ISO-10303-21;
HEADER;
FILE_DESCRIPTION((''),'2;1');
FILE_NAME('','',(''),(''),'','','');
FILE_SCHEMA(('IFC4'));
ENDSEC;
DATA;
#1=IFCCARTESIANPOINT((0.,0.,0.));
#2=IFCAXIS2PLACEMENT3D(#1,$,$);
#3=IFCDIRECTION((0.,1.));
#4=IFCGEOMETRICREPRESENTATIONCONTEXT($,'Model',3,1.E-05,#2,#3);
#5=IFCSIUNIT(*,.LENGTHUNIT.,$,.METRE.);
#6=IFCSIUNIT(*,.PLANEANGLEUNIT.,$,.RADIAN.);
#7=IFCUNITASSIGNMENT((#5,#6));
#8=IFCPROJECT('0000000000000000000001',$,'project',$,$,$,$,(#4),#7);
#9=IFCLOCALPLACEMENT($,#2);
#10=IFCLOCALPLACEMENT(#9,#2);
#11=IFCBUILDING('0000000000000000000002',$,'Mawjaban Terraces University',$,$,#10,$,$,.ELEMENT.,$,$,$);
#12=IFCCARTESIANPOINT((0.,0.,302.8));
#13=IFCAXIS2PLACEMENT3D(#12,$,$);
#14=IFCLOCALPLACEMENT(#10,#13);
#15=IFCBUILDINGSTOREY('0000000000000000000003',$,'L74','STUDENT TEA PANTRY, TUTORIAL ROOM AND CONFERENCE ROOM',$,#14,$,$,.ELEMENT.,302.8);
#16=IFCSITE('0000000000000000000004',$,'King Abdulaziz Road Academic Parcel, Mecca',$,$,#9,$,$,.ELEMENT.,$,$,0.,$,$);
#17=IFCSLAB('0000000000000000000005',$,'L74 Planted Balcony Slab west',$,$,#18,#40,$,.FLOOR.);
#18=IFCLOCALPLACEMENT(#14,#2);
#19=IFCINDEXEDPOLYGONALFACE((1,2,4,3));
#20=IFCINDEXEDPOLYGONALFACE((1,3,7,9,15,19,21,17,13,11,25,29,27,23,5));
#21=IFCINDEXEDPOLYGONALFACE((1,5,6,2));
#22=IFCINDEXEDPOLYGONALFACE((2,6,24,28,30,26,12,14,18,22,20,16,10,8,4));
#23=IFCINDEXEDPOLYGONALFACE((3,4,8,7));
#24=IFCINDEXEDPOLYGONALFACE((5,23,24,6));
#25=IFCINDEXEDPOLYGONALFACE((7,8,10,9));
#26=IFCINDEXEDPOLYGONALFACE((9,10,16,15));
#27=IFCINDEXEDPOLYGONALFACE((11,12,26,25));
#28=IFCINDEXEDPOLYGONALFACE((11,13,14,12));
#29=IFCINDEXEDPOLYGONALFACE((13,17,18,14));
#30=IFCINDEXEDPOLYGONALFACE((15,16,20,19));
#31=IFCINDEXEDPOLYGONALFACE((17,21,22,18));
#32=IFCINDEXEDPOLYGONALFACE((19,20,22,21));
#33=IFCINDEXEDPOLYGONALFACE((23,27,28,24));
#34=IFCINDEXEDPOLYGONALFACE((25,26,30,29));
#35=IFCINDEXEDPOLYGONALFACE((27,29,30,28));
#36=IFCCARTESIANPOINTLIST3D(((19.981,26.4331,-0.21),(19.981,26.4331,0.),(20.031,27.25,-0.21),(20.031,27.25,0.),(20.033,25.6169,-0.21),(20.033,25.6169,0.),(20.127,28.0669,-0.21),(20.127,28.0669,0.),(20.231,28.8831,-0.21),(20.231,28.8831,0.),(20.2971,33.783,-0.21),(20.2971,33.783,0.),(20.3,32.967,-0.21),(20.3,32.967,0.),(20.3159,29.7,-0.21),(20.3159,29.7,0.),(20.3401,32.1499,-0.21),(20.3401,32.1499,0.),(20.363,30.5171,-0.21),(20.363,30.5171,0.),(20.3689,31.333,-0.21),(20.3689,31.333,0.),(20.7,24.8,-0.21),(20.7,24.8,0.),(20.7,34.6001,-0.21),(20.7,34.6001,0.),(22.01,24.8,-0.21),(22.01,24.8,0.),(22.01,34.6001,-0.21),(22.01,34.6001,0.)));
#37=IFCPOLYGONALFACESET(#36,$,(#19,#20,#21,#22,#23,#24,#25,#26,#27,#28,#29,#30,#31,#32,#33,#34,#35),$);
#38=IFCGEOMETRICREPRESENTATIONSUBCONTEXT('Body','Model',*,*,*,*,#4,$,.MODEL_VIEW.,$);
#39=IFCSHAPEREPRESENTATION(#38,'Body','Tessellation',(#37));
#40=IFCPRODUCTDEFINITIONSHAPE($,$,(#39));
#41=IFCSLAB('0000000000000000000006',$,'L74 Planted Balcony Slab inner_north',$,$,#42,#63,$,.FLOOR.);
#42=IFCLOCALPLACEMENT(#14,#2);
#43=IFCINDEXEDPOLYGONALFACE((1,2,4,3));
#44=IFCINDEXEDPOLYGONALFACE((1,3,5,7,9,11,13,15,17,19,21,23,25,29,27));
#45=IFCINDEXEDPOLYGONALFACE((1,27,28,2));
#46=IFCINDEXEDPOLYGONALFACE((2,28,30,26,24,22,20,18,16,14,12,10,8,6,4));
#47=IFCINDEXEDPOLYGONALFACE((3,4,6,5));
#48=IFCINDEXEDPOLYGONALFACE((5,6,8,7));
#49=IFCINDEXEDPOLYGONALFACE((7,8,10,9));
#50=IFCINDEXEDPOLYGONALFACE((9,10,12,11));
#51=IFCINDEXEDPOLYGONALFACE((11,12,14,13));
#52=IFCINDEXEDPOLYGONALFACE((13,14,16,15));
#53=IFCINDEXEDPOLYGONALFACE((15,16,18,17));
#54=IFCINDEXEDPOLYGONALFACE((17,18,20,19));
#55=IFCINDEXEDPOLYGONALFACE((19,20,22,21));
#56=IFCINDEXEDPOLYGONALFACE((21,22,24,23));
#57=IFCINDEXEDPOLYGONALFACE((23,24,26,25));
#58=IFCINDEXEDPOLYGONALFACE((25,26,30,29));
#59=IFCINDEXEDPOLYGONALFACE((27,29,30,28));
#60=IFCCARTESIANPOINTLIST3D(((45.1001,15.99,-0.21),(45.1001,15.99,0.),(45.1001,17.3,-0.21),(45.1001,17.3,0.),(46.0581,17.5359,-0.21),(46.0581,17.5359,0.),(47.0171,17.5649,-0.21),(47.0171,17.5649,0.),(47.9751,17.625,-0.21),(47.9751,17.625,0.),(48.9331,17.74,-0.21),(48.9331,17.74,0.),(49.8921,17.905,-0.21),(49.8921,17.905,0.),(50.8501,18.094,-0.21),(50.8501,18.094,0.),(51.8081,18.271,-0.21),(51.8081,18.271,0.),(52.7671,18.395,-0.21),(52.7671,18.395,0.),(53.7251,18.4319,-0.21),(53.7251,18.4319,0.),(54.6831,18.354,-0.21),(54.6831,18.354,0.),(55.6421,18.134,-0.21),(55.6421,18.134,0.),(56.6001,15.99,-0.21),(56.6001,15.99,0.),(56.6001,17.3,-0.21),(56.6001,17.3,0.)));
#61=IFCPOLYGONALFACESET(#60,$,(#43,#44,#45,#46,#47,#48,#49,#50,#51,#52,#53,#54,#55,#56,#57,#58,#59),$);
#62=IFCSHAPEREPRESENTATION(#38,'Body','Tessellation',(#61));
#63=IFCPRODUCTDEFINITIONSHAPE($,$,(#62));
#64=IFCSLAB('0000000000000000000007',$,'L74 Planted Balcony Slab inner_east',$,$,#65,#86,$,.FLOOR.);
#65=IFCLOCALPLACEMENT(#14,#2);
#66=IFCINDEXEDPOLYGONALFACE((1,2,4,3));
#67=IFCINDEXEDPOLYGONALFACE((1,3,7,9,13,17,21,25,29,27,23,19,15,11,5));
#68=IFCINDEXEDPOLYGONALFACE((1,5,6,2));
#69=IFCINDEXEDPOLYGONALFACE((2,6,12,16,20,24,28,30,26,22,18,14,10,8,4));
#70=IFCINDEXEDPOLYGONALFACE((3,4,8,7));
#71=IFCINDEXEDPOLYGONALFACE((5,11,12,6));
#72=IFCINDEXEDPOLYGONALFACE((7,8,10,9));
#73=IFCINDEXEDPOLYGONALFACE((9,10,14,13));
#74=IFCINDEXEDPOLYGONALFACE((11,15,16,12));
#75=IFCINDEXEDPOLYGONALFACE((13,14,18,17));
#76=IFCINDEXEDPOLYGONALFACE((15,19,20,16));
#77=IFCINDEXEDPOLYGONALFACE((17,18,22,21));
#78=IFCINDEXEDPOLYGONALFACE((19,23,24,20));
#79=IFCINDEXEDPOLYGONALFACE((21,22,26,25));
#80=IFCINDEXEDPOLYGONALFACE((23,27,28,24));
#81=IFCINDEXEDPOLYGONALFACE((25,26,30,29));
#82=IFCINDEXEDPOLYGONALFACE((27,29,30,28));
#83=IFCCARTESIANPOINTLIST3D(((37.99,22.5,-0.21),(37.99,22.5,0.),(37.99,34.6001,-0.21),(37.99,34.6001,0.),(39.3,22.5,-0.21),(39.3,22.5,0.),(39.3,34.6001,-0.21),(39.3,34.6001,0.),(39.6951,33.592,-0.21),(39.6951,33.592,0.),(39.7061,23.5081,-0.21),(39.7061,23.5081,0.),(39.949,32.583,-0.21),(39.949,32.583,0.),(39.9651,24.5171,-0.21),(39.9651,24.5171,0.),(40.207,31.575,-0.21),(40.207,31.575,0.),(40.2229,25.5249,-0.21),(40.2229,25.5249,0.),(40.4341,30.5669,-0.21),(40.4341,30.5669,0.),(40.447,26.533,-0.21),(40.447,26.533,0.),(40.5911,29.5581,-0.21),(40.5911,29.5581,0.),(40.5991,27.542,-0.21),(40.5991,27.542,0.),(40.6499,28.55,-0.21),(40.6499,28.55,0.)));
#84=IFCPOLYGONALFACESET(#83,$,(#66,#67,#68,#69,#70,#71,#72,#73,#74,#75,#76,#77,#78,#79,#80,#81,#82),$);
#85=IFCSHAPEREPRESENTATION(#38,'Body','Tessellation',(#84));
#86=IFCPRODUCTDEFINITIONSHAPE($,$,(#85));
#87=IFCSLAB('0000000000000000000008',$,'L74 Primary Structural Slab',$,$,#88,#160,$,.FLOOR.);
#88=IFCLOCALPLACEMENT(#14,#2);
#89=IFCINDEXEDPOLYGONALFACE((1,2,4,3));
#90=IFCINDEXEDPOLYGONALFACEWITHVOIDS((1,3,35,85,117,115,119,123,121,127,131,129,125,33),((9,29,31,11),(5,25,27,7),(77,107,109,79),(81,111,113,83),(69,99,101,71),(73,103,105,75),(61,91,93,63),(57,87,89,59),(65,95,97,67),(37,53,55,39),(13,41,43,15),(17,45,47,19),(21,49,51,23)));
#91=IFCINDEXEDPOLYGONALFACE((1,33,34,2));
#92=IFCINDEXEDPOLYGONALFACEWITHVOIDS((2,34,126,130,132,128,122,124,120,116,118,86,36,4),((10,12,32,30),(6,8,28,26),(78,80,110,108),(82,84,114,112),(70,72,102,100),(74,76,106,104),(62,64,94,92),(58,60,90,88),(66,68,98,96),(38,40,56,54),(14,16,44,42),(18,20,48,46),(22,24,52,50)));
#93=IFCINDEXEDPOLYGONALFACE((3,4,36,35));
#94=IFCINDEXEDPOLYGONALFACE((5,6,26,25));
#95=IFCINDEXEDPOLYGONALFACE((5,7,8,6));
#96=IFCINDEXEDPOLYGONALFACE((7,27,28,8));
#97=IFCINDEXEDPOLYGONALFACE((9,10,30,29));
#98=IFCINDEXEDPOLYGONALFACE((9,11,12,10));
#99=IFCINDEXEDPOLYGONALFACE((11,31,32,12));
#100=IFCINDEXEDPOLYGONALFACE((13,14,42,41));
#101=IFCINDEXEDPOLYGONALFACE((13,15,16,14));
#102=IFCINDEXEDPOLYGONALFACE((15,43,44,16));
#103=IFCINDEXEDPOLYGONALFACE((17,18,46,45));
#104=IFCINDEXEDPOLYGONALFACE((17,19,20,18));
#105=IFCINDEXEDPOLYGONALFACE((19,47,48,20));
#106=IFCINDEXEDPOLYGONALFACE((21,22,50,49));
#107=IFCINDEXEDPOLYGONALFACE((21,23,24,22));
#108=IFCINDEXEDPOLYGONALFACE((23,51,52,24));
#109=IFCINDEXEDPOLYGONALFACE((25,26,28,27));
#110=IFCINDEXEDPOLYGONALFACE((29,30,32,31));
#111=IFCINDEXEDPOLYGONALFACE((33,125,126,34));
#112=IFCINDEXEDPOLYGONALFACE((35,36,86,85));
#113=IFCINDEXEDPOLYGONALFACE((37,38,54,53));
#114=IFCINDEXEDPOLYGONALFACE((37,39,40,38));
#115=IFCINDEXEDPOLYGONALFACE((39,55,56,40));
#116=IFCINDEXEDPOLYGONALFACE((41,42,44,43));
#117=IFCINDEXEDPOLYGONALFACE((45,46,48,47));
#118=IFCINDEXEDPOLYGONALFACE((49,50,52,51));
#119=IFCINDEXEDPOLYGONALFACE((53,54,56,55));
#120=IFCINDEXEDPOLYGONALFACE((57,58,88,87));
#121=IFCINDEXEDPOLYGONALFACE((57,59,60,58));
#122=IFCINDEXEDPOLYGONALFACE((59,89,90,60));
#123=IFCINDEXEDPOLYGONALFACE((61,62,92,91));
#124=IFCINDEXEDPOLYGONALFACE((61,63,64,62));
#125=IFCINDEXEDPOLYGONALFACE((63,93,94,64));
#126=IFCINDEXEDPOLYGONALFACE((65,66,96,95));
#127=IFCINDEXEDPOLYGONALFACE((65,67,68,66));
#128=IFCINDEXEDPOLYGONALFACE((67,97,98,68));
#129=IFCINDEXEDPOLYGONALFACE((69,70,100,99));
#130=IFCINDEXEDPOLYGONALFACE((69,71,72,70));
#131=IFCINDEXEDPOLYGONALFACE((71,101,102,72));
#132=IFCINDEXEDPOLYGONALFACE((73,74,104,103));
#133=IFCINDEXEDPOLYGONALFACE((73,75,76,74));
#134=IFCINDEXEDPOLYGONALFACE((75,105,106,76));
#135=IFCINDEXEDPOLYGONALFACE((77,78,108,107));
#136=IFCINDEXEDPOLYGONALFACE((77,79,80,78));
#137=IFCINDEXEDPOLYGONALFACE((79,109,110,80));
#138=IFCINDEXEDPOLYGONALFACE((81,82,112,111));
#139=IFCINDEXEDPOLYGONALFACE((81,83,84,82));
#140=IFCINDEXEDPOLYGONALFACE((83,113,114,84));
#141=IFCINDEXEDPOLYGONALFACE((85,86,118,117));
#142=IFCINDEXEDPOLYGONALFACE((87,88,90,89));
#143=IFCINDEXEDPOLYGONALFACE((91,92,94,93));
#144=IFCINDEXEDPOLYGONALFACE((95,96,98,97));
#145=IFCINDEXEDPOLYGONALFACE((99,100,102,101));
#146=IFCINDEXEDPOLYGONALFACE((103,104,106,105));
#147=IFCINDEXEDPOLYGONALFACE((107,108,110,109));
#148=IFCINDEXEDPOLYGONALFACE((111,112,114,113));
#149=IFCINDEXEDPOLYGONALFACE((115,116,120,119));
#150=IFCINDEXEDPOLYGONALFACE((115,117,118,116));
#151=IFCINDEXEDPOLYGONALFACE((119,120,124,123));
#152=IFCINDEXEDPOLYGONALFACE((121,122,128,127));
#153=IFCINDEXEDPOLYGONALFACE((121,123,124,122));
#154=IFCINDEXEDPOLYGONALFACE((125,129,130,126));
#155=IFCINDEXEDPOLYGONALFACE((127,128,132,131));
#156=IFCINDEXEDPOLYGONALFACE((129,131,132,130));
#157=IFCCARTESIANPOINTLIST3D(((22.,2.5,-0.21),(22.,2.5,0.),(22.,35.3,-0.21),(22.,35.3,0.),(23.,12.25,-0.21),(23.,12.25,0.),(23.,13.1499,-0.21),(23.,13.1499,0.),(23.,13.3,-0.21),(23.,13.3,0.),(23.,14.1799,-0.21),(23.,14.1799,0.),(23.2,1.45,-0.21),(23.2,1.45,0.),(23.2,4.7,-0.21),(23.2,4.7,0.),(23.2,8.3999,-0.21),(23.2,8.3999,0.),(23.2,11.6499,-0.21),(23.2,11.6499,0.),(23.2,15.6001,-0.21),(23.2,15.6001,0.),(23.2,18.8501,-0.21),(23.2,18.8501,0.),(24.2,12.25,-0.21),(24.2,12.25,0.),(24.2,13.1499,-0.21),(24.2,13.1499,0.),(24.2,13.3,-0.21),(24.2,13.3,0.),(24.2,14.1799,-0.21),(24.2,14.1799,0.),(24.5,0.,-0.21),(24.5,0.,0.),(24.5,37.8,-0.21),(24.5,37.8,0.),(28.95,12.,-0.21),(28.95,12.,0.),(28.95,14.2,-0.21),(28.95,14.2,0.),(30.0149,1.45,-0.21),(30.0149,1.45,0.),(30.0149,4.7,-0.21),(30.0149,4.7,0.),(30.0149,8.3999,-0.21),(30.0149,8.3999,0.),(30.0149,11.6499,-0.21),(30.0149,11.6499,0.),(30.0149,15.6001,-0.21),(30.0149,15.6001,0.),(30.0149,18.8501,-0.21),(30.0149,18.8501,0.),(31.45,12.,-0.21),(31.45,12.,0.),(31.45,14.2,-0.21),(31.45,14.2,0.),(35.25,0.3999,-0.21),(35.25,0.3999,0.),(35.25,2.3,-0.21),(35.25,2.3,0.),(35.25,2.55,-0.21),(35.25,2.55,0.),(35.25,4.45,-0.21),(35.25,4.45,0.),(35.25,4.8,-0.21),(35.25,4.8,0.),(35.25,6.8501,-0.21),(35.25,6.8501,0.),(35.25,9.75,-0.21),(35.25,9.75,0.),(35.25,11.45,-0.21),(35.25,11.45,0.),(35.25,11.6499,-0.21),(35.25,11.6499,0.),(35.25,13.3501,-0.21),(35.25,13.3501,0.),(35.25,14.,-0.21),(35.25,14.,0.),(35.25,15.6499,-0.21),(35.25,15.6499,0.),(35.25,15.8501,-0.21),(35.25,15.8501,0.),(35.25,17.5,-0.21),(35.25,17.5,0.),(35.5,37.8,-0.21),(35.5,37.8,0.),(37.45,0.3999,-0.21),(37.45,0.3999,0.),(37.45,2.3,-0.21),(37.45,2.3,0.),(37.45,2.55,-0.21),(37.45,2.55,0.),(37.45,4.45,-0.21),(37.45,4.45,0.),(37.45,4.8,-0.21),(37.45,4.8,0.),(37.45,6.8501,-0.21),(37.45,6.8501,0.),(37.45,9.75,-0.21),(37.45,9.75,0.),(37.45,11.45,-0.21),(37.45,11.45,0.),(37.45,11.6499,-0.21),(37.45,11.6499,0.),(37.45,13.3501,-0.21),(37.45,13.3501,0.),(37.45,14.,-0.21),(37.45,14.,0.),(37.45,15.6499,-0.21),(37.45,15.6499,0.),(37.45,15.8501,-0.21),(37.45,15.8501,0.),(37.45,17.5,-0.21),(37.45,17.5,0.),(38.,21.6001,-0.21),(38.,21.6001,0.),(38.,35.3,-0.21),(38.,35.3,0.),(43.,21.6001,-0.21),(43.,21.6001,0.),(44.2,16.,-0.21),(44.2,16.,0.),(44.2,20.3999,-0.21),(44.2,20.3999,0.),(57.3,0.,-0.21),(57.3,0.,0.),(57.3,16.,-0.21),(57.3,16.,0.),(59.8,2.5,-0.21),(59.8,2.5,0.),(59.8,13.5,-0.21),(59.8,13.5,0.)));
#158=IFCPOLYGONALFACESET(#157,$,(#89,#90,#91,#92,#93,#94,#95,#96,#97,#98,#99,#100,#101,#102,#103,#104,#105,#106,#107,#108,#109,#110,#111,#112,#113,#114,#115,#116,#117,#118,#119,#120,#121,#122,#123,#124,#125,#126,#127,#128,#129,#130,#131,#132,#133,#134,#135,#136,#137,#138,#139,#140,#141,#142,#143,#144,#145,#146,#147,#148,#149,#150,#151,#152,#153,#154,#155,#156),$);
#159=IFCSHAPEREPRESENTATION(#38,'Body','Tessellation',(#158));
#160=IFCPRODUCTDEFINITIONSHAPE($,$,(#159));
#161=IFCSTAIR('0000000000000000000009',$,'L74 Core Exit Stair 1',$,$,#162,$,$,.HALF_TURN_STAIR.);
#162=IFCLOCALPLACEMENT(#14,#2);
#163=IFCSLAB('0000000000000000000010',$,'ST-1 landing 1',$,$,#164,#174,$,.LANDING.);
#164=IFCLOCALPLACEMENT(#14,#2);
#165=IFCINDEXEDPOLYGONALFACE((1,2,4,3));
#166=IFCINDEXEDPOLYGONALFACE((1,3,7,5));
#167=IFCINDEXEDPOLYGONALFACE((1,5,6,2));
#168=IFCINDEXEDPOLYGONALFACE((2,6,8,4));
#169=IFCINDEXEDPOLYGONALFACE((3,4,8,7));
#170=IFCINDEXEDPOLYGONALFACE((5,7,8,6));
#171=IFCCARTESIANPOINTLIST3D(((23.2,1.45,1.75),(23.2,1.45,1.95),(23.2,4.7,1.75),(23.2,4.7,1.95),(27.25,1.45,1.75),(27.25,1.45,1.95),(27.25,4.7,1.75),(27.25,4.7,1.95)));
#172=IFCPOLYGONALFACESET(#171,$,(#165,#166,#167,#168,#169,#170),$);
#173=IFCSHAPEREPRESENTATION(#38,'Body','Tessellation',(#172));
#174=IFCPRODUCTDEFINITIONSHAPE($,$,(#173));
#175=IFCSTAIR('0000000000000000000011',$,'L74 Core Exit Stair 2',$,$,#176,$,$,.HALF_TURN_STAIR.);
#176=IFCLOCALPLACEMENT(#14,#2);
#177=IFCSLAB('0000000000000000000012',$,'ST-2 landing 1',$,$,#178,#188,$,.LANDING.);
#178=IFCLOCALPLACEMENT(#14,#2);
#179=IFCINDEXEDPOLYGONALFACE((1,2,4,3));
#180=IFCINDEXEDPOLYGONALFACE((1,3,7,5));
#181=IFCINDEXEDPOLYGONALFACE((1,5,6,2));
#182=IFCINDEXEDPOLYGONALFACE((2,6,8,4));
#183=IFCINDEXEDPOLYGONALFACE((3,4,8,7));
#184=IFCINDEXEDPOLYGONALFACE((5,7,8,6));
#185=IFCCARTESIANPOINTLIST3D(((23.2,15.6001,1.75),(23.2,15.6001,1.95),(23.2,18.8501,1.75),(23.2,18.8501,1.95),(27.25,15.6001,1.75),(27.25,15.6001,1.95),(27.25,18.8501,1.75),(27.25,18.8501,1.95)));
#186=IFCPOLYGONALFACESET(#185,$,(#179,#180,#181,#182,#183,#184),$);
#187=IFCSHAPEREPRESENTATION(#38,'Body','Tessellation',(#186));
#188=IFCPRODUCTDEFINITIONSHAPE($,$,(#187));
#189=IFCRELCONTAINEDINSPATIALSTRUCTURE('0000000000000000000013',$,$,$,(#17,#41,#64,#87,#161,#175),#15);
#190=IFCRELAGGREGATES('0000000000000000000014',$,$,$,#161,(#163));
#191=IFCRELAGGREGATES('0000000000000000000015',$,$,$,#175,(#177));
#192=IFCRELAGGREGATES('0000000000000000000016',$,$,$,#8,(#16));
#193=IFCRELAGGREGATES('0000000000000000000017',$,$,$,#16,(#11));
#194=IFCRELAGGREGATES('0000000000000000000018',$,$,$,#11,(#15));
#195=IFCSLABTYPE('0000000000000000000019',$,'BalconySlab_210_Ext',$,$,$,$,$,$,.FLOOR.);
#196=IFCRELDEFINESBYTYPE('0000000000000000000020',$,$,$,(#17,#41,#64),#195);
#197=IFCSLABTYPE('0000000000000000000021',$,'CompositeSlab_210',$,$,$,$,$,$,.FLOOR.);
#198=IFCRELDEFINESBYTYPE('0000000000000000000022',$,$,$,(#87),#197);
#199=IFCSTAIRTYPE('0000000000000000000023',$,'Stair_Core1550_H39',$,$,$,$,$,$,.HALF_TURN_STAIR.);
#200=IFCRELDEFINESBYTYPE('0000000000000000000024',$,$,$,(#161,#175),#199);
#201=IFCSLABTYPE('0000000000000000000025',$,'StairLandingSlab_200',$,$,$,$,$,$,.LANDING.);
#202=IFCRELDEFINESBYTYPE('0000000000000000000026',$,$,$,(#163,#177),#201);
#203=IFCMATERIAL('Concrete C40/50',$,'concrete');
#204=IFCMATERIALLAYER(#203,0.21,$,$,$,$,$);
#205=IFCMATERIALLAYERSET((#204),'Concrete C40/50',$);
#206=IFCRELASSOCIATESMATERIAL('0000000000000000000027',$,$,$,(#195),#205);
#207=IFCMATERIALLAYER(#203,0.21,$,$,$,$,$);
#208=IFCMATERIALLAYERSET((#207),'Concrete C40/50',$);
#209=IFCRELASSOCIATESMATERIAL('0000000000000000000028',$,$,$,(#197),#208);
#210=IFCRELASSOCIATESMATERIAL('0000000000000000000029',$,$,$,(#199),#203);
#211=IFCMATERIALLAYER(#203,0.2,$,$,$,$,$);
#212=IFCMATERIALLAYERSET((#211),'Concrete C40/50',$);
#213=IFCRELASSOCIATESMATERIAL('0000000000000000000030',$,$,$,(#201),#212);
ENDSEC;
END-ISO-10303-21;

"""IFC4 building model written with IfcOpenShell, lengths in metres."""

from ifc_helpers import new_model, si_unit, direction, frame, origin, place, context, subcontext, project, spatial, polyline, outline, extrude, material, layer, layer_set, type_object, element, aggregate, save


model = new_model("IFC4")

# Units and contexts
model_context = context("Model", 3, precision=1e-05, world=origin(), true_north=direction((0.0, 1.0)))
body_context = subcontext(model_context, "Body", "Model", "MODEL_VIEW")
ifc_project = project(units=[si_unit("LENGTHUNIT", "METRE"), si_unit("PLANEANGLEUNIT", "RADIAN")], contexts=[model_context])

# Site, building, storey
site_placement = place(None, origin())
site = spatial("IfcSite", under=ifc_project, at=site_placement, Name="King Abdulaziz Road Academic Parcel, Mecca", CompositionType="ELEMENT", RefElevation=0.0)
building_placement = place(site_placement, origin())
building = spatial("IfcBuilding", under=site, at=building_placement, Name="Mawjaban Terraces University", CompositionType="ELEMENT")
storey_placement = place(building_placement, frame((0.0, 0.0, 302.8)))
storey = spatial("IfcBuildingStorey", under=building, at=storey_placement, Name="L74", Description="STUDENT TEA PANTRY, TUTORIAL ROOM AND CONFERENCE ROOM", CompositionType="ELEMENT", Elevation=302.8)

# Slabs
ifc_material_1 = material(Name="Concrete C40/50", Category="concrete")
ifc_layer_1 = layer(ifc_material_1, 0.21)
ifc_layer_set_1 = layer_set([ifc_layer_1], Name="Concrete C40/50")
slab_type_1 = type_object("IfcSlabType", Name="BalconySlab_210_Ext", PredefinedType="FLOOR", material=ifc_layer_set_1)
slab_1_placement = place(storey_placement, frame((0.0, 0.0, -0.21)))
element("IfcSlab", 1, at=slab_1_placement, inside=storey, type_object=slab_type_1, Name="L74 Planted Balcony Slab west", PredefinedType="FLOOR", context=body_context, shape_type="SweptSolid", body=[
    extrude(outline(polyline([(22.01, 24.8), (22.01, 34.6001), (20.7, 34.6001), (20.2971, 33.783), (20.3, 32.967), (20.3401, 32.1499), (20.3689, 31.333), (20.363, 30.5171), (20.3159, 29.7), (20.231, 28.8831), (20.127, 28.0669), (20.031, 27.25), (19.981, 26.4331), (20.033, 25.6169), (20.7, 24.8), (22.01, 24.8)])), origin(), (0.0, 0.0, 1.0), 0.21),
])
slab_2_placement = place(storey_placement, frame((0.0, 0.0, -0.21)))
element("IfcSlab", 2, at=slab_2_placement, inside=storey, type_object=slab_type_1, Name="L74 Planted Balcony Slab inner_north", PredefinedType="FLOOR", context=body_context, shape_type="SweptSolid", body=[
    extrude(outline(polyline([(45.1001, 15.99), (56.6001, 15.99), (56.6001, 17.3), (55.6421, 18.134), (54.6831, 18.354), (53.7251, 18.4319), (52.7671, 18.395), (51.8081, 18.271), (50.8501, 18.094), (49.8921, 17.905), (48.9331, 17.74), (47.9751, 17.625), (47.0171, 17.5649), (46.0581, 17.5359), (45.1001, 17.3), (45.1001, 15.99)])), origin(), (0.0, 0.0, 1.0), 0.21),
])
slab_3_placement = place(storey_placement, frame((0.0, 0.0, -0.21)))
element("IfcSlab", 3, at=slab_3_placement, inside=storey, type_object=slab_type_1, Name="L74 Planted Balcony Slab inner_east", PredefinedType="FLOOR", context=body_context, shape_type="SweptSolid", body=[
    extrude(outline(polyline([(39.3, 22.5), (39.7061, 23.5081), (39.9651, 24.5171), (40.2229, 25.5249), (40.447, 26.533), (40.5991, 27.542), (40.6499, 28.55), (40.5911, 29.5581), (40.4341, 30.5669), (40.207, 31.575), (39.949, 32.583), (39.6951, 33.592), (39.3, 34.6001), (37.99, 34.6001), (37.99, 22.5), (39.3, 22.5)])), origin(), (0.0, 0.0, 1.0), 0.21),
])
ifc_layer_2 = layer(ifc_material_1, 0.21)
ifc_layer_set_2 = layer_set([ifc_layer_2], Name="Concrete C40/50")
slab_type_2 = type_object("IfcSlabType", Name="CompositeSlab_210", PredefinedType="FLOOR", material=ifc_layer_set_2)
slab_4_placement = place(storey_placement, frame((0.0, 0.0, -0.21)))
element("IfcSlab", 4, at=slab_4_placement, inside=storey, type_object=slab_type_2, Name="L74 Primary Structural Slab", PredefinedType="FLOOR", context=body_context, shape_type="SweptSolid", body=[
    extrude(outline(polyline([(24.5, 0.0), (57.3, 0.0), (59.8, 2.5), (59.8, 13.5), (57.3, 16.0), (44.2, 16.0), (44.2, 20.3999), (43.0, 21.6001), (38.0, 21.6001), (38.0, 35.3), (35.5, 37.8), (24.5, 37.8), (22.0, 35.3), (22.0, 2.5), (24.5, 0.0)]), holes=[polyline([(30.0149, 4.7), (23.2, 4.7), (23.2, 1.45), (30.0149, 1.45), (30.0149, 4.7)]), polyline([(30.0149, 18.8501), (23.2, 18.8501), (23.2, 15.6001), (30.0149, 15.6001), (30.0149, 18.8501)]), polyline([(30.0149, 11.6499), (23.2, 11.6499), (23.2, 8.3999), (30.0149, 8.3999), (30.0149, 11.6499)]), polyline([(35.25, 0.3999), (37.45, 0.3999), (37.45, 2.3), (35.25, 2.3), (35.25, 0.3999)]), polyline([(35.25, 2.55), (37.45, 2.55), (37.45, 4.45), (35.25, 4.45), (35.25, 2.55)]), polyline([(35.25, 4.8), (37.45, 4.8), (37.45, 6.8501), (35.25, 6.8501), (35.25, 4.8)]), polyline([(35.25, 9.75), (37.45, 9.75), (37.45, 11.45), (35.25, 11.45), (35.25, 9.75)]), polyline([(35.25, 11.6499), (37.45, 11.6499), (37.45, 13.3501), (35.25, 13.3501), (35.25, 11.6499)]), polyline([(28.95, 12.0), (31.45, 12.0), (31.45, 14.2), (28.95, 14.2), (28.95, 12.0)]), polyline([(35.25, 14.0), (37.45, 14.0), (37.45, 15.6499), (35.25, 15.6499), (35.25, 14.0)]), polyline([(35.25, 15.8501), (37.45, 15.8501), (37.45, 17.5), (35.25, 17.5), (35.25, 15.8501)]), polyline([(23.0, 12.25), (24.2, 12.25), (24.2, 13.1499), (23.0, 13.1499), (23.0, 12.25)]), polyline([(23.0, 13.3), (24.2, 13.3), (24.2, 14.1799), (23.0, 14.1799), (23.0, 13.3)])]), origin(), (0.0, 0.0, 1.0), 0.21),
])

# Stairs, slabs
stair_type = type_object("IfcStairType", Name="Stair_Core1550_H39", PredefinedType="HALF_TURN_STAIR", material=ifc_material_1)
stair_1_placement = place(storey_placement, origin())
stair_1 = element("IfcStair", 5, at=stair_1_placement, inside=storey, type_object=stair_type, Name="L74 Core Exit Stair 1", PredefinedType="HALF_TURN_STAIR")
ifc_layer_3 = layer(ifc_material_1, 0.2)
ifc_layer_set_3 = layer_set([ifc_layer_3], Name="Concrete C40/50")
slab_type_3 = type_object("IfcSlabType", Name="StairLandingSlab_200", PredefinedType="LANDING", material=ifc_layer_set_3)
slab_5_placement = place(storey_placement, frame((0.0, 0.0, 1.75)))
slab_5 = element("IfcSlab", 6, at=slab_5_placement, type_object=slab_type_3, Name="ST-1 landing 1", PredefinedType="LANDING", context=body_context, shape_type="SweptSolid", body=[
    extrude(outline(polyline([(27.25, 4.7), (23.2, 4.7), (23.2, 1.45), (27.25, 1.45), (27.25, 4.7)])), origin(), (0.0, 0.0, 1.0), 0.2),
])
aggregate(stair_1, [slab_5])
stair_2_placement = place(storey_placement, origin())
stair_2 = element("IfcStair", 7, at=stair_2_placement, inside=storey, type_object=stair_type, Name="L74 Core Exit Stair 2", PredefinedType="HALF_TURN_STAIR")
slab_6_placement = place(storey_placement, frame((0.0, 0.0, 1.75)))
slab_6 = element("IfcSlab", 8, at=slab_6_placement, type_object=slab_type_3, Name="ST-2 landing 1", PredefinedType="LANDING", context=body_context, shape_type="SweptSolid", body=[
    extrude(outline(polyline([(27.25, 18.8501), (23.2, 18.8501), (23.2, 15.6001), (27.25, 15.6001), (27.25, 18.8501)])), origin(), (0.0, 0.0, 1.0), 0.2),
])
aggregate(stair_2, [slab_6])

save(model, "model.ifc")
